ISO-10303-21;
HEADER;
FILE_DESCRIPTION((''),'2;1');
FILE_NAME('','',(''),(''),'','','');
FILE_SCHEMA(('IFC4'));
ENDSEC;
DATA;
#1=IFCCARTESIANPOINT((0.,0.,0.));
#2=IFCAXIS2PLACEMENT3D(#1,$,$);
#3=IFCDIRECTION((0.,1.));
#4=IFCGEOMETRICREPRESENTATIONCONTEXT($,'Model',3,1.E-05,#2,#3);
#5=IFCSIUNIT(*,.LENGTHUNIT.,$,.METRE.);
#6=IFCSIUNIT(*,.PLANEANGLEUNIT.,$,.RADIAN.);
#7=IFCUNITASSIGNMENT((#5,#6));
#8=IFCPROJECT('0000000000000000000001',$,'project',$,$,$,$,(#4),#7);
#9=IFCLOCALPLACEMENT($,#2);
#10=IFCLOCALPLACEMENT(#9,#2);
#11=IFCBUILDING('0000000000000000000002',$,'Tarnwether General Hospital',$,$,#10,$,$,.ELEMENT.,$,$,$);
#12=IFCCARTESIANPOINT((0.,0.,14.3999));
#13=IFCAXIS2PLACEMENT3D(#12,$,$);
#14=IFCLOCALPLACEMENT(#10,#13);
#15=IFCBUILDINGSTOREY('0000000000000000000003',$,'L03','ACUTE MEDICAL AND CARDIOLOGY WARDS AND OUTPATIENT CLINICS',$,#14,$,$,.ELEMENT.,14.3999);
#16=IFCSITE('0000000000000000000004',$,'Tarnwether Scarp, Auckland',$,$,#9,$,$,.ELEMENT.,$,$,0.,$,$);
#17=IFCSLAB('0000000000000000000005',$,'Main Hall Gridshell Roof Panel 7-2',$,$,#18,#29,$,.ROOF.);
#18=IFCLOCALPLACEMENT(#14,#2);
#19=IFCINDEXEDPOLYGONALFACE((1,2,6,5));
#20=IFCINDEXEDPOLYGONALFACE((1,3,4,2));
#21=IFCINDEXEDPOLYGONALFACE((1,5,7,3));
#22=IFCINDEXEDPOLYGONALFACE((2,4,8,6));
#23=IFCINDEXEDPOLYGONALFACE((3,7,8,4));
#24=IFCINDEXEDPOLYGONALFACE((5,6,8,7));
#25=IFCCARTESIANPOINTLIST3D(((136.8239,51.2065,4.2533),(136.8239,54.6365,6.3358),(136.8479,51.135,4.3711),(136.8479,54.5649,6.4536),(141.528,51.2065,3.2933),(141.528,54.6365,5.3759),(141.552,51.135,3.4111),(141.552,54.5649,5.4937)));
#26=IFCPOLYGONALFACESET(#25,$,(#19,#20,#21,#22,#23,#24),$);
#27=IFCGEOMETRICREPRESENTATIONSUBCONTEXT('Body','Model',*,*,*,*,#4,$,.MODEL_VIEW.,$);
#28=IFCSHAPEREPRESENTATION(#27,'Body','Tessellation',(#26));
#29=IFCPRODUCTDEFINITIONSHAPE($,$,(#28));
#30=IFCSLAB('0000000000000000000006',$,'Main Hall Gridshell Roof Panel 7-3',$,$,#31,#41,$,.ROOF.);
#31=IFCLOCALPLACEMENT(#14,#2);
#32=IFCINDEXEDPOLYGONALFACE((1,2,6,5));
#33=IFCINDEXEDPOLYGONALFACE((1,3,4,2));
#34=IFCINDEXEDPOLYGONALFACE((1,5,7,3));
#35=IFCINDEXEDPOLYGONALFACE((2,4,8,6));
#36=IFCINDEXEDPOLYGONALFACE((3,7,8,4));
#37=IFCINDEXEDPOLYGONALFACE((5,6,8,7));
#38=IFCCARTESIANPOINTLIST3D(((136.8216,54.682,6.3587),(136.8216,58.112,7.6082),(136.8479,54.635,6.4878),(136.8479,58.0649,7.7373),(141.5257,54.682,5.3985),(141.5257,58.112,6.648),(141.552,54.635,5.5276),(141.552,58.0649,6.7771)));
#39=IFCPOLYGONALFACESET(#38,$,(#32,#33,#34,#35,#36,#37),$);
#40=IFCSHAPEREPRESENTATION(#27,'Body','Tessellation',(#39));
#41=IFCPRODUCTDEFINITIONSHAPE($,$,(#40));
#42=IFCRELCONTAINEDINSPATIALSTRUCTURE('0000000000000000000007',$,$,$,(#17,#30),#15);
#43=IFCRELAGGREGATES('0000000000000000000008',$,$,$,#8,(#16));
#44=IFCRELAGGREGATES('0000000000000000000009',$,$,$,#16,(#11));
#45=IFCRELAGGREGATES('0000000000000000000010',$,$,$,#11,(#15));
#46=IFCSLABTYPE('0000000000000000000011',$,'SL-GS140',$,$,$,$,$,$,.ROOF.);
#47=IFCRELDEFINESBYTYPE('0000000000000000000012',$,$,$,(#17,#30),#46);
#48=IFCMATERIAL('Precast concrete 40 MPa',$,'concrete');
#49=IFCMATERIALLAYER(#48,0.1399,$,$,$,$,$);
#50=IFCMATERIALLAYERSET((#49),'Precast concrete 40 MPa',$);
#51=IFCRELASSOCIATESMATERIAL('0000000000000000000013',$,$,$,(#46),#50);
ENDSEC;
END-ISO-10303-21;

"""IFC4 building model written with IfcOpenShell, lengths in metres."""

from ifc_helpers import new_model, si_unit, direction, frame, origin, place, context, subcontext, project, spatial, polyline, outline, extrude, material, layer, layer_set, type_object, element, save


model = new_model("IFC4")

# Units and contexts
model_context = context("Model", 3, precision=1e-05, world=origin(), true_north=direction((0.0, 1.0)))
body_context = subcontext(model_context, "Body", "Model", "MODEL_VIEW")
ifc_project = project(units=[si_unit("LENGTHUNIT", "METRE"), si_unit("PLANEANGLEUNIT", "RADIAN")], contexts=[model_context])

# Site, building, storey
site_placement = place(None, origin())
site = spatial("IfcSite", under=ifc_project, at=site_placement, Name="Tarnwether Scarp, Auckland", CompositionType="ELEMENT", RefElevation=0.0)
building_placement = place(site_placement, origin())
building = spatial("IfcBuilding", under=site, at=building_placement, Name="Tarnwether General Hospital", CompositionType="ELEMENT")
storey_placement = place(building_placement, frame((0.0, 0.0, 14.3999)))
storey = spatial("IfcBuildingStorey", under=building, at=storey_placement, Name="L03", Description="ACUTE MEDICAL AND CARDIOLOGY WARDS AND OUTPATIENT CLINICS", CompositionType="ELEMENT", Elevation=14.3999)

# Slabs
ifc_material_1 = material(Name="Precast concrete 40 MPa", Category="concrete")
ifc_layer_1 = layer(ifc_material_1, 0.1399)
ifc_layer_set_1 = layer_set([ifc_layer_1], Name="Precast concrete 40 MPa")
slab_type = type_object("IfcSlabType", Name="SL-GS140", PredefinedType="ROOF", material=ifc_layer_set_1)
slab_1_placement = place(storey_placement, frame((136.8479, 51.135, 4.3711), z_axis=(0.171839, -0.511269, 0.842066), x_axis=(0.979806, 0.0, -0.199948)))
element("IfcSlab", 1, at=slab_1_placement, inside=storey, type_object=slab_type, Name="Main Hall Gridshell Roof Panel 7-2", PredefinedType="ROOF", context=body_context, shape_type="SweptSolid", body=[
    extrude(outline(polyline([(0.0, 0.0), (4.8011, 0.0), (4.3847, 3.991), (-0.4164, 3.991), (0.0, 0.0)])), origin(), (0.0, 0.0, -1.0), 0.1399),
])
slab_2_placement = place(storey_placement, frame((136.8479, 54.635, 6.4878), z_axis=(0.188358, -0.336164, 0.922776), x_axis=(0.979797, 0.0, -0.199997)))
element("IfcSlab", 2, at=slab_2_placement, inside=storey, type_object=slab_type, Name="Main Hall Gridshell Roof Panel 7-3", PredefinedType="ROOF", context=body_context, shape_type="SweptSolid", body=[
    extrude(outline(polyline([(0.0, 0.0), (4.8011, 0.0), (4.5512, 3.6419), (-0.2499, 3.6419), (0.0, 0.0)])), origin(), (0.0, 0.0, -1.0), 0.1399),
])

save(model, "model.ifc")
